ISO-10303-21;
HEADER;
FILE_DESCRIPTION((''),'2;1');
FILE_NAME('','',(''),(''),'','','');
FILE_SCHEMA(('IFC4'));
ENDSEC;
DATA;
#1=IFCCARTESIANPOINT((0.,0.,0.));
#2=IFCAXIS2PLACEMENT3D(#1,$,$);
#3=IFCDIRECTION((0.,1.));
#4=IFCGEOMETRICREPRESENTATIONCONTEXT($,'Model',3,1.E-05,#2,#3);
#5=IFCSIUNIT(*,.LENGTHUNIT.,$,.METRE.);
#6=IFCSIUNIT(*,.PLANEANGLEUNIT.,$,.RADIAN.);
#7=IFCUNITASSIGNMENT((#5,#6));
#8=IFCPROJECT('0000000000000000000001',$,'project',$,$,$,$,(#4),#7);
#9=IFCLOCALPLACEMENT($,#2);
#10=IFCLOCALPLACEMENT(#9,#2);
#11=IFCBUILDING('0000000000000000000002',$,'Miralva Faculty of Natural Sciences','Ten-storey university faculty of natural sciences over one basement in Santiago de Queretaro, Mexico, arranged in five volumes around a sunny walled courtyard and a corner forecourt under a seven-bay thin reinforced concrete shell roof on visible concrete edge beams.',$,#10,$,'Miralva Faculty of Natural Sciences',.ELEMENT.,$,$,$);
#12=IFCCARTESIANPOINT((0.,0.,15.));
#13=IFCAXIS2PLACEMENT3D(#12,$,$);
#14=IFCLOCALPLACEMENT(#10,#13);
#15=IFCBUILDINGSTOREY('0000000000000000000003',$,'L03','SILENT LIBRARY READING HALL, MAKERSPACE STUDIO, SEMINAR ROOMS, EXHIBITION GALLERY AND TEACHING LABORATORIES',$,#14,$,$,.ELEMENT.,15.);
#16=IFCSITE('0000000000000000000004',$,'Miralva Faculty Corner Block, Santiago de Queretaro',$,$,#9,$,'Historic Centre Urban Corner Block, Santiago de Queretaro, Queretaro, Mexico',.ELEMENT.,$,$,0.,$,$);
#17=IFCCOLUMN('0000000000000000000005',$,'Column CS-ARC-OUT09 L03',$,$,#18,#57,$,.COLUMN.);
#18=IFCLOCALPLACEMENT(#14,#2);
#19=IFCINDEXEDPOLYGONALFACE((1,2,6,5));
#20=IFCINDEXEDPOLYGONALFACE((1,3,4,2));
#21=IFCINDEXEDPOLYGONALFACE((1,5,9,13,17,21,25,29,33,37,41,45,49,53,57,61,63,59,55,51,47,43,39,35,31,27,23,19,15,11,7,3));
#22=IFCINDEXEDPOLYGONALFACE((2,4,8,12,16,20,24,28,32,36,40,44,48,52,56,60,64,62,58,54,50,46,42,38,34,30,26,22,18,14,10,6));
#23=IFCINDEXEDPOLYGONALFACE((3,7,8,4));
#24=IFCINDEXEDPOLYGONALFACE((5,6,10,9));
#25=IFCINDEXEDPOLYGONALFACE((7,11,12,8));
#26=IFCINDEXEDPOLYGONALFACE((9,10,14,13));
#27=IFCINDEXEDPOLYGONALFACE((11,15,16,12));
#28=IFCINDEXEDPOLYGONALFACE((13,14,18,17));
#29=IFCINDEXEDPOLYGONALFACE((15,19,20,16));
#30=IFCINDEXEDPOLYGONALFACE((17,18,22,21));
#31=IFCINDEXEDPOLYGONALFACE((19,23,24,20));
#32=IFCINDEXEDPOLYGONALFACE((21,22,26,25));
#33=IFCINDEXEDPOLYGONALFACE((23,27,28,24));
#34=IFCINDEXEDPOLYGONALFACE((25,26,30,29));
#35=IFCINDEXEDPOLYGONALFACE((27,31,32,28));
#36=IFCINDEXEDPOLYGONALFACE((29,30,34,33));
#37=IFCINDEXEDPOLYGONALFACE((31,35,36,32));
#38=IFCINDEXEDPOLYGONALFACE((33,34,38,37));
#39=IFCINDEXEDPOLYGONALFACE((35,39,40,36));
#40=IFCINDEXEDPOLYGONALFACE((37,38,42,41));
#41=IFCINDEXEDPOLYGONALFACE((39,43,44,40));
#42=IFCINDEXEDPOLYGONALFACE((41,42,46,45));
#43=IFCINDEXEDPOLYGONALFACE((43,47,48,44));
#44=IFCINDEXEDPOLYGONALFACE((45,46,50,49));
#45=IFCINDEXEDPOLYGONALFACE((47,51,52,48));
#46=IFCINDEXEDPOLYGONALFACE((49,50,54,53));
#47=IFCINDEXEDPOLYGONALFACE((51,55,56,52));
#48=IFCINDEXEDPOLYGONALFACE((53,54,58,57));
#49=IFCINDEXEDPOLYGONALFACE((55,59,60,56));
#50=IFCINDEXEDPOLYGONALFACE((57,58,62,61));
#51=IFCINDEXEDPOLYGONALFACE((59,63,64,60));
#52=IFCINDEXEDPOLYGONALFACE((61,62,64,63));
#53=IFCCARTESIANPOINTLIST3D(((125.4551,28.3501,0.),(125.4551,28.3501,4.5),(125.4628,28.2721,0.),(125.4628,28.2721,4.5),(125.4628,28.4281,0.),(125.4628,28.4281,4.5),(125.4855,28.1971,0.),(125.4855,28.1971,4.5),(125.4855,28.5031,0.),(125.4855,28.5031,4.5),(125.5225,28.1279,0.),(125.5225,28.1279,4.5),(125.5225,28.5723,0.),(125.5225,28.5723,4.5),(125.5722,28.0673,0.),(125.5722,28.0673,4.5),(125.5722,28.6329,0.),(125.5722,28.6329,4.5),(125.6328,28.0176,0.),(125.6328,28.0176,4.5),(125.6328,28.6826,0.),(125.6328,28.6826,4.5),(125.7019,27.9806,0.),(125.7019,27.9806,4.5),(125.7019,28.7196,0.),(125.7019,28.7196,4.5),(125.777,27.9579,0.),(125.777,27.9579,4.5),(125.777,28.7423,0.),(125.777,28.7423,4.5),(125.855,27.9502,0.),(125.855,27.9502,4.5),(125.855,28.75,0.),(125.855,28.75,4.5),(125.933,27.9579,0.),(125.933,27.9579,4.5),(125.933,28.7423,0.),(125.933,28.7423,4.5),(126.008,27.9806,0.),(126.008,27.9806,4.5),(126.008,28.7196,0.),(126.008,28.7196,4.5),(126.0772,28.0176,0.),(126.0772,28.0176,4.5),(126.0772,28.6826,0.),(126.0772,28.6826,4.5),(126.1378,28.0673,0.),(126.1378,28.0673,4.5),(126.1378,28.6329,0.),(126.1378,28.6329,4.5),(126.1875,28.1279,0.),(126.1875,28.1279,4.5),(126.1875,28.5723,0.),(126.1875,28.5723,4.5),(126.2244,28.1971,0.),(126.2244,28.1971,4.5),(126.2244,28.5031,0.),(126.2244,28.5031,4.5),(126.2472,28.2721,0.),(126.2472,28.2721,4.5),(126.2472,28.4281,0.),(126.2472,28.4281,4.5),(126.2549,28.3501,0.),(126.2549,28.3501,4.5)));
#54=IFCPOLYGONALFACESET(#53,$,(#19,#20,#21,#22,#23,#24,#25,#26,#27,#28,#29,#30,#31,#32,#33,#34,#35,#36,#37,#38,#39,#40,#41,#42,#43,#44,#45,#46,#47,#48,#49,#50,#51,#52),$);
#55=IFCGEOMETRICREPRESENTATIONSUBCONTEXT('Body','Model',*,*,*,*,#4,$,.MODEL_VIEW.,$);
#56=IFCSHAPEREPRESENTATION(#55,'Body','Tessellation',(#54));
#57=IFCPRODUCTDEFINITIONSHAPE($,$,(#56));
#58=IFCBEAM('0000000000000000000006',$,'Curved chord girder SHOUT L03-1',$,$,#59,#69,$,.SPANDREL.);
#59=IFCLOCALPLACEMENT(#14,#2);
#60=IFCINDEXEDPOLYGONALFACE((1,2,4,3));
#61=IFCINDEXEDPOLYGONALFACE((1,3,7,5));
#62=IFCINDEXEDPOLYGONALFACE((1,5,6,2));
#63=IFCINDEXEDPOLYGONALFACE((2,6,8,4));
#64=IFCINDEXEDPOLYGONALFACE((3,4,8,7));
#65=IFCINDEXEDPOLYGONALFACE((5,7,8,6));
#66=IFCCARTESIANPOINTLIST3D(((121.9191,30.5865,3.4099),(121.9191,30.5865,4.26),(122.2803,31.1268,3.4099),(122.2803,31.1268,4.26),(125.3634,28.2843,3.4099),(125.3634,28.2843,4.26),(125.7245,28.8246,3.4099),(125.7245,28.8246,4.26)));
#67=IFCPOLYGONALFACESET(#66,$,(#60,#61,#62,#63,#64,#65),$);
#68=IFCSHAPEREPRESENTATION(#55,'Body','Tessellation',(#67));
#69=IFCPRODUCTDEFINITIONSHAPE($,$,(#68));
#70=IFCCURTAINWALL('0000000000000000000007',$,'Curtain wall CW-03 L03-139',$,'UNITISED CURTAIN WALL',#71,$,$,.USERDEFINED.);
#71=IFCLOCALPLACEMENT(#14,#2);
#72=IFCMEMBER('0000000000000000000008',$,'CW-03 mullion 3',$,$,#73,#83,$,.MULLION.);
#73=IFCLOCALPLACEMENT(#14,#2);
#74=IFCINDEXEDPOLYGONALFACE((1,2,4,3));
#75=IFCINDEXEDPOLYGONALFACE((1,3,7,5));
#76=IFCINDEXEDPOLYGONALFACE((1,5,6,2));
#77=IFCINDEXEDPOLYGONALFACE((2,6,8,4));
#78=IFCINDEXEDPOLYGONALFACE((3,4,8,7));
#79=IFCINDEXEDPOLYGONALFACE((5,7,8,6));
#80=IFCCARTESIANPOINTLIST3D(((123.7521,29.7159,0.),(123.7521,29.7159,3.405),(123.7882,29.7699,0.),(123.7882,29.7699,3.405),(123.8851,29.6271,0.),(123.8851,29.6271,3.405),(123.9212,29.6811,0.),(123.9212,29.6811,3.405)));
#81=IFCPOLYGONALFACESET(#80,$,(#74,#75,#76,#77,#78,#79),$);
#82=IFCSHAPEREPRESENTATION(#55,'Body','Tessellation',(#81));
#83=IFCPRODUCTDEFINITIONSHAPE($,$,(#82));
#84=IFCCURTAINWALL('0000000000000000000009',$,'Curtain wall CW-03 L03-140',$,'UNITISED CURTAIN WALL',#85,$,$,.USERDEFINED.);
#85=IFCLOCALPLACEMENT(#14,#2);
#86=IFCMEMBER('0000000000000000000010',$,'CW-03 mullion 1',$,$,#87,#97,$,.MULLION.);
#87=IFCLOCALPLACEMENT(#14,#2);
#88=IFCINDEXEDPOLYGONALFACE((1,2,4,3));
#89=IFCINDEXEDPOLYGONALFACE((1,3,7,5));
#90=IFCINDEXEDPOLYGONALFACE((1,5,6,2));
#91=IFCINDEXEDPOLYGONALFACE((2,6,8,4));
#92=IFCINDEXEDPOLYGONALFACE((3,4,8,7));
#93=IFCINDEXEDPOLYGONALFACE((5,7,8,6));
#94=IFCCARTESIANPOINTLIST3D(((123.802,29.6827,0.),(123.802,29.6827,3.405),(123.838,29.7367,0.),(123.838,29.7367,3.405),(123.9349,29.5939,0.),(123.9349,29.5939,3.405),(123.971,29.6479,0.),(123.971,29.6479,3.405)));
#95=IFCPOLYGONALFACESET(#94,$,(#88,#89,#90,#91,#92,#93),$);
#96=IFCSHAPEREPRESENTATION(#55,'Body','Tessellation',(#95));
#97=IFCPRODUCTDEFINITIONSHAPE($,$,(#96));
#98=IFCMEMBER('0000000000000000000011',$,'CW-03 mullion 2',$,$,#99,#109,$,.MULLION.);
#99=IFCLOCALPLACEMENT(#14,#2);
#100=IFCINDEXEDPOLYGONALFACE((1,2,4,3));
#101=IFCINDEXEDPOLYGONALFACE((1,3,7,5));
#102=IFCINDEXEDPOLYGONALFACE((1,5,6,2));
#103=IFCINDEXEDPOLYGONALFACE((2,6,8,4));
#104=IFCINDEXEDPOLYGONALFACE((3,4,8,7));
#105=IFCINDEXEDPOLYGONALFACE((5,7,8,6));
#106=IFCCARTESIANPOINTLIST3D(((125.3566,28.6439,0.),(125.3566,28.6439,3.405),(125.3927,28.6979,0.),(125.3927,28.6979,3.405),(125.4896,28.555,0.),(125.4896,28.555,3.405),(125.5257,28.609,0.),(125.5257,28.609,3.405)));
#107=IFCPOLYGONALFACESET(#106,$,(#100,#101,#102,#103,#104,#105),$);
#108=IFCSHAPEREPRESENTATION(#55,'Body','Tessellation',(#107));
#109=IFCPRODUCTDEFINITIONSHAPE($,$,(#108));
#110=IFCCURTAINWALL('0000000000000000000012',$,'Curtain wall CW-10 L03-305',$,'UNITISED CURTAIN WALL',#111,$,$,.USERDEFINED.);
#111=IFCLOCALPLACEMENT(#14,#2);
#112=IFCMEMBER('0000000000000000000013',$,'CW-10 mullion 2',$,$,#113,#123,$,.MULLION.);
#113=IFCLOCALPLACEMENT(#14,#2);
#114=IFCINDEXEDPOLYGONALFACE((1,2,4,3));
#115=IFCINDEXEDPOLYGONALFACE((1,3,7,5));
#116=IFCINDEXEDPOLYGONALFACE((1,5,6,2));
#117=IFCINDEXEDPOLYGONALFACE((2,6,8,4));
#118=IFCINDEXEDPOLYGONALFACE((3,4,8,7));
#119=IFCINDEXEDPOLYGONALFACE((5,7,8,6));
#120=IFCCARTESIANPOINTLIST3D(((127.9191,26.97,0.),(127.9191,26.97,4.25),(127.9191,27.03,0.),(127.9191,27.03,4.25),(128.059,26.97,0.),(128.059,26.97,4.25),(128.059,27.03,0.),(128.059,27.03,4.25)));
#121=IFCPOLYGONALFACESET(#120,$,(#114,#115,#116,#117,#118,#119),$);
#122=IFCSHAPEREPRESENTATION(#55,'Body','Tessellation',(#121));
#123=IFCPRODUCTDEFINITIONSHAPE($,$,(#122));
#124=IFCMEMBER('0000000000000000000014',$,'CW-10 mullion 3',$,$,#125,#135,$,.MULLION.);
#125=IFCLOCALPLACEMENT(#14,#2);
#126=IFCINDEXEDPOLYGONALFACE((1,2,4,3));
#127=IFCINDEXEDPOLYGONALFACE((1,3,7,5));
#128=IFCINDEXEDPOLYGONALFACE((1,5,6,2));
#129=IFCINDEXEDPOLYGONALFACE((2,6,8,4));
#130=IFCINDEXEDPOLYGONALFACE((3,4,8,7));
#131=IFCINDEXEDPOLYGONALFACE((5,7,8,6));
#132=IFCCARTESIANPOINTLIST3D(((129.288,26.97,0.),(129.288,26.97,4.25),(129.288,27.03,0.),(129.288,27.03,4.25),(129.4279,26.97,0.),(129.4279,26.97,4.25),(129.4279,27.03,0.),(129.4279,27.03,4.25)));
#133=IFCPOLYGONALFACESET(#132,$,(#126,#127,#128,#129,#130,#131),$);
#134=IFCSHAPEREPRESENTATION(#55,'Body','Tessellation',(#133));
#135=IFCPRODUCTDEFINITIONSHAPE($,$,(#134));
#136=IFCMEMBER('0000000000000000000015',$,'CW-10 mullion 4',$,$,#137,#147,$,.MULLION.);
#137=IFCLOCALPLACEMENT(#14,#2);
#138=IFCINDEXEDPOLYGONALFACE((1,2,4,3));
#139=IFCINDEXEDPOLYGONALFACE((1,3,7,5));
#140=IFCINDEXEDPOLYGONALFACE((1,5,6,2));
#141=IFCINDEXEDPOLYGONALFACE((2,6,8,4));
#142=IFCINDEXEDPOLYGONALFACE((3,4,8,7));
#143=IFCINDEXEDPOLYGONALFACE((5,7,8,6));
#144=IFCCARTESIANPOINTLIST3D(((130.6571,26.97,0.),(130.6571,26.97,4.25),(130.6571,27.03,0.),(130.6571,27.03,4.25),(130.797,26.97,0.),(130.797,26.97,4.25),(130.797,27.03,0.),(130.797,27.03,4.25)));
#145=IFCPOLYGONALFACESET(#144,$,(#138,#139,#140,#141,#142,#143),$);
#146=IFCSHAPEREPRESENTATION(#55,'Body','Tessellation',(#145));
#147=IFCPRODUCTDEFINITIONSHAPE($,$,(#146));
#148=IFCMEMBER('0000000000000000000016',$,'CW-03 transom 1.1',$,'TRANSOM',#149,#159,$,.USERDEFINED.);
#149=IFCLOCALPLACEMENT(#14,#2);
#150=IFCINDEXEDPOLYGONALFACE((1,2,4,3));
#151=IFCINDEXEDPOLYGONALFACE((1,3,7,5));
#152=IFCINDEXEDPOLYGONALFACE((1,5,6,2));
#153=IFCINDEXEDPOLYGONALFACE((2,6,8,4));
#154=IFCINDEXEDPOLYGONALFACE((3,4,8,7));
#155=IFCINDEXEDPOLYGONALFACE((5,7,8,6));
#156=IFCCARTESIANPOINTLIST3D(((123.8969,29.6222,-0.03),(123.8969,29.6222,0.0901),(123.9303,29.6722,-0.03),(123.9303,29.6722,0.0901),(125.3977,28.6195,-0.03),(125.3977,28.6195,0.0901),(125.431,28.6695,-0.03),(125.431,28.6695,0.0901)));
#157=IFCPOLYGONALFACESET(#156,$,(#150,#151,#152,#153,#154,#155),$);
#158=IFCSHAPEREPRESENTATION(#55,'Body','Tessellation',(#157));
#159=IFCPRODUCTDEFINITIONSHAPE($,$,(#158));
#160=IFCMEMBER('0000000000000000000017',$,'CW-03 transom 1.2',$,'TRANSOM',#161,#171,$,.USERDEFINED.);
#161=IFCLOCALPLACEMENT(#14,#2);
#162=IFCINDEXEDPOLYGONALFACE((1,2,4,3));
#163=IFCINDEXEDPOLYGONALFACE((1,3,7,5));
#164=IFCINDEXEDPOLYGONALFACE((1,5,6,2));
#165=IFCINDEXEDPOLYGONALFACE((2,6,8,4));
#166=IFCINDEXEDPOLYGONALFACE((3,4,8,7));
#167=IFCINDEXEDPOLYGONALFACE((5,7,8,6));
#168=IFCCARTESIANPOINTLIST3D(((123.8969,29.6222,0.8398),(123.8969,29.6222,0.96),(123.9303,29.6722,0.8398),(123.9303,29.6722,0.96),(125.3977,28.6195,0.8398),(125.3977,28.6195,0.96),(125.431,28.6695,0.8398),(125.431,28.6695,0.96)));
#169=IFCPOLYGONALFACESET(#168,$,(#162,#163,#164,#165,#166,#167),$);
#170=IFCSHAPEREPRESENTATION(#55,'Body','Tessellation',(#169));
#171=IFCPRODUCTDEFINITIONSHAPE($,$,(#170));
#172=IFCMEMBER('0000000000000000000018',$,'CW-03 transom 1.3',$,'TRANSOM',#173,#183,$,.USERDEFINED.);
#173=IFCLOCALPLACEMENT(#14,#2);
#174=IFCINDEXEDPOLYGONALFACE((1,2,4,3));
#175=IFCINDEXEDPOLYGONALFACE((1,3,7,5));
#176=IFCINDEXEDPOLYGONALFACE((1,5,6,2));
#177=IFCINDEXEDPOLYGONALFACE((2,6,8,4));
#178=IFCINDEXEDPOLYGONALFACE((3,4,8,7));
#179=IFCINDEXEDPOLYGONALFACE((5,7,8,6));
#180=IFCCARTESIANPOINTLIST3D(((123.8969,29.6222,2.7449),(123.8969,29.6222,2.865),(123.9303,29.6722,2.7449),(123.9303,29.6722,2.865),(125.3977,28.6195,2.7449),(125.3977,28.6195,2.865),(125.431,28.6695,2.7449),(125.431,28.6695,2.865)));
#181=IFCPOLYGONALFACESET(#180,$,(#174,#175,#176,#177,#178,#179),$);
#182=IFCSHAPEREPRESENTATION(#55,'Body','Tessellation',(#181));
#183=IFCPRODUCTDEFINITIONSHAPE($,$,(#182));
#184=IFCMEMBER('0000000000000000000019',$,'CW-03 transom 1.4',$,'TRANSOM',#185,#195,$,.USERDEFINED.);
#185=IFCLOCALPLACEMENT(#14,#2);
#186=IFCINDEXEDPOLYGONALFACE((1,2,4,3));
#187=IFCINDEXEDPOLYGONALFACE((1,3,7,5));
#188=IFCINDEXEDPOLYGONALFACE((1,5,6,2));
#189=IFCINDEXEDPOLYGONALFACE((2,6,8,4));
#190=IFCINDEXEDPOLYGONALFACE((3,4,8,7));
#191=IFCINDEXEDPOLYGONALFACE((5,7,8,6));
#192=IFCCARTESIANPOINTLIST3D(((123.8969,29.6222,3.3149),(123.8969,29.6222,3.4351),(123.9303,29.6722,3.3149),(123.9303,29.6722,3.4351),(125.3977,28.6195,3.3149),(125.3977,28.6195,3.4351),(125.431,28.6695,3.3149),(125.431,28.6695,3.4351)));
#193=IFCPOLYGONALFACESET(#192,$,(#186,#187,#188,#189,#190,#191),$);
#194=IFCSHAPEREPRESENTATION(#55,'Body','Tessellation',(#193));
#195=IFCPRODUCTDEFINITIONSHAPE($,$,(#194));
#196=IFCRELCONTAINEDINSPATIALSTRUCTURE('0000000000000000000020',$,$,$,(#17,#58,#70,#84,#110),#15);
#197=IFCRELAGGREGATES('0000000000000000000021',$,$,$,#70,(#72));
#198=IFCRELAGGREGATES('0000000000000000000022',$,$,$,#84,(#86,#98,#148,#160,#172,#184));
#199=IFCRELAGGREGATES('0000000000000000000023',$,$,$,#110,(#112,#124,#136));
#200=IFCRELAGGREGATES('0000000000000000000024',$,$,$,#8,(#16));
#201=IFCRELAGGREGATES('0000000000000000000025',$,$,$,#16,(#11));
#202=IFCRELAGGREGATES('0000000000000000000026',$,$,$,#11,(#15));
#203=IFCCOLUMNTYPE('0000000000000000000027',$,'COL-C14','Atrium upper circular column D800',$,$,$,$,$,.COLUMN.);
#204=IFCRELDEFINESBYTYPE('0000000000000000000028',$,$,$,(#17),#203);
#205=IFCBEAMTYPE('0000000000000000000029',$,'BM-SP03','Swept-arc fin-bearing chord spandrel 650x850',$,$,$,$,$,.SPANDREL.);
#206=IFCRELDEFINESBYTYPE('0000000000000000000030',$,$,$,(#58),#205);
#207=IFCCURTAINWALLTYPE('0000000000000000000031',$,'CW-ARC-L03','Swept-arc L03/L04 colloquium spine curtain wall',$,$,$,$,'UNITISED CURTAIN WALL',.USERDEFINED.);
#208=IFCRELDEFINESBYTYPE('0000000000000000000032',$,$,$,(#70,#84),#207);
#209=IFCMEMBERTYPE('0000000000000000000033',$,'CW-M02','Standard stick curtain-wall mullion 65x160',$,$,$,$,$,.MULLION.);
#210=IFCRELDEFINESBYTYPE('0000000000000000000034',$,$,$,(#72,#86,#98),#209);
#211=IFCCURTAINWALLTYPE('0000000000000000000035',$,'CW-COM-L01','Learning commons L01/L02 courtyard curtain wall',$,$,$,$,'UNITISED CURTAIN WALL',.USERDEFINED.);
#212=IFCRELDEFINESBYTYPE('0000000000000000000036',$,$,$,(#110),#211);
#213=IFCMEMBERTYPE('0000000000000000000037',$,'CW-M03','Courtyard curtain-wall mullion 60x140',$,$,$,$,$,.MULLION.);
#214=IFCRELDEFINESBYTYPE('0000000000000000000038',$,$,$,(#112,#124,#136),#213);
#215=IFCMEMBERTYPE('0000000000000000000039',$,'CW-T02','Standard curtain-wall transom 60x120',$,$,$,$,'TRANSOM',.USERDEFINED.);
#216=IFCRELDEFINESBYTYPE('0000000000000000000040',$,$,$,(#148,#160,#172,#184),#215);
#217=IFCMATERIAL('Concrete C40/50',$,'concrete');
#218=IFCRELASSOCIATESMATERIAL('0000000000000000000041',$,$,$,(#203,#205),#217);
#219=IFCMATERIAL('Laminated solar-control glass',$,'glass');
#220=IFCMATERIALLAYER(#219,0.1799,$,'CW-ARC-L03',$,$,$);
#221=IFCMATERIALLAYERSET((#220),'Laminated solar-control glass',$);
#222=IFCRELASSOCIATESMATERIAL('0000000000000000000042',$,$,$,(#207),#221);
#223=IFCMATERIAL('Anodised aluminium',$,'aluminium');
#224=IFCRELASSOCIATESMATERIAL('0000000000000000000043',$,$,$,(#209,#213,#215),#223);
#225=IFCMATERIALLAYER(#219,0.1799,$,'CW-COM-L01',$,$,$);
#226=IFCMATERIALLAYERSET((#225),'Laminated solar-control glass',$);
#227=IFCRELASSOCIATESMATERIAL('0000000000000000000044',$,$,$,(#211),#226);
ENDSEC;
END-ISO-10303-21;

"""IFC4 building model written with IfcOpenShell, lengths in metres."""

from ifc_helpers import new_model, si_unit, direction, frame, origin, origin_2d, place, context, subcontext, project, spatial, rectangle, circle, extrude, material, layer, layer_set, material_profile, profile_set, type_object, element, aggregate, save


model = new_model("IFC4")

# Units and contexts
model_context = context("Model", 3, precision=1e-05, world=origin(), true_north=direction((0.0, 1.0)))
body_context = subcontext(model_context, "Body", "Model", "MODEL_VIEW")
ifc_project = project(units=[si_unit("LENGTHUNIT", "METRE"), si_unit("PLANEANGLEUNIT", "RADIAN")], contexts=[model_context])

# Site, building, storey
site_placement = place(None, origin())
site = spatial("IfcSite", under=ifc_project, at=site_placement, Name="Miralva Faculty Corner Block, Santiago de Queretaro", LongName="Historic Centre Urban Corner Block, Santiago de Queretaro, Queretaro, Mexico", CompositionType="ELEMENT", RefElevation=0.0)
building_placement = place(site_placement, origin())
building = spatial("IfcBuilding", under=site, at=building_placement, Name="Miralva Faculty of Natural Sciences", Description="Ten-storey university faculty of natural sciences over one basement in Santiago de Queretaro, Mexico, arranged in five volumes around a sunny walled courtyard and a corner forecourt under a seven-bay thin reinforced concrete shell roof on visible concrete edge beams.", LongName="Miralva Faculty of Natural Sciences", CompositionType="ELEMENT")
storey_placement = place(building_placement, frame((0.0, 0.0, 15.0)))
storey = spatial("IfcBuildingStorey", under=building, at=storey_placement, Name="L03", Description="SILENT LIBRARY READING HALL, MAKERSPACE STUDIO, SEMINAR ROOMS, EXHIBITION GALLERY AND TEACHING LABORATORIES", CompositionType="ELEMENT", Elevation=15.0)

# Column
ifc_material_1 = material(Name="Concrete C40/50", Category="concrete")
ifc_material_profile_1 = material_profile(ifc_material_1, circle(Radius=0.3999, at=origin_2d()), Name="RC DIA 800")
ifc_profile_set_1 = profile_set([ifc_material_profile_1], Name="Concrete C40/50")
column_type = type_object("IfcColumnType", Name="COL-C14", Description="Atrium upper circular column D800", PredefinedType="COLUMN", material=ifc_profile_set_1)
column_placement = place(storey_placement, frame((125.855, 28.3501, 0.0), z_axis=(0.0, 0.0, 1.0), x_axis=(1.0, 0.0, 0.0)))
element("IfcColumn", 1, at=column_placement, inside=storey, type_object=column_type, Name="Column CS-ARC-OUT09 L03", PredefinedType="COLUMN", context=body_context, shape_type="SweptSolid", body=[
    extrude(circle(Radius=0.3999, at=origin_2d()), origin(), (0.0, 0.0, 1.0), 4.5),
])

# Beam
ifc_material_profile_2 = material_profile(ifc_material_1, rectangle(XDim=0.6499, YDim=0.8501, at=origin_2d()), Name="RC 650x850")
ifc_profile_set_2 = profile_set([ifc_material_profile_2], Name="Concrete C40/50")
beam_type = type_object("IfcBeamType", Name="BM-SP03", Description="Swept-arc fin-bearing chord spandrel 650x850", PredefinedType="SPANDREL", material=ifc_profile_set_2)
beam_placement = place(storey_placement, frame((125.5439, 28.5544, 3.835), z_axis=(-0.831379, 0.555706, 0.0), x_axis=(-0.555706, -0.831379, 0.0)))
element("IfcBeam", 2, at=beam_placement, inside=storey, type_object=beam_type, Name="Curved chord girder SHOUT L03-1", PredefinedType="SPANDREL", context=body_context, shape_type="SweptSolid", body=[
    extrude(rectangle(XDim=0.6499, YDim=0.8501, at=origin_2d()), origin(), (0.0, 0.0, 1.0), 4.1428),
])

# Curtain wall, member
ifc_material_2 = material(Name="Laminated solar-control glass", Category="glass")
ifc_layer_1 = layer(ifc_material_2, 0.1799, Name="CW-ARC-L03")
ifc_layer_set_1 = layer_set([ifc_layer_1], Name="Laminated solar-control glass")
curtain_wall_type_1 = type_object("IfcCurtainWallType", Name="CW-ARC-L03", Description="Swept-arc L03/L04 colloquium spine curtain wall", ElementType="UNITISED CURTAIN WALL", PredefinedType="USERDEFINED", material=ifc_layer_set_1)
curtain_wall_1_placement = place(storey_placement, origin())
curtain_wall_1 = element("IfcCurtainWall", 3, at=curtain_wall_1_placement, inside=storey, type_object=curtain_wall_type_1, Name="Curtain wall CW-03 L03-139", ObjectType="UNITISED CURTAIN WALL", PredefinedType="USERDEFINED")
ifc_material_3 = material(Name="Anodised aluminium", Category="aluminium")
ifc_material_profile_3 = material_profile(ifc_material_3, rectangle(XDim=0.0649, YDim=0.1599, at=origin_2d()), Name="MULLION 65x160")
ifc_profile_set_3 = profile_set([ifc_material_profile_3], Name="Anodised aluminium")
member_type_1 = type_object("IfcMemberType", Name="CW-M02", Description="Standard stick curtain-wall mullion 65x160", PredefinedType="MULLION", material=ifc_profile_set_3)
member_1_placement = place(storey_placement, frame((123.8367, 29.6985, 0.0), z_axis=(0.0, 0.0, 1.0), x_axis=(0.555589, 0.831457, 0.0)))
member_1 = element("IfcMember", 4, at=member_1_placement, type_object=member_type_1, Name="CW-03 mullion 3", PredefinedType="MULLION", context=body_context, shape_type="SweptSolid", body=[
    extrude(rectangle(XDim=0.0649, YDim=0.1599, at=origin_2d()), origin(), (0.0, 0.0, 1.0), 3.405),
])

# Curtain walls, members
curtain_wall_2_placement = place(storey_placement, origin())
curtain_wall_2 = element("IfcCurtainWall", 5, at=curtain_wall_2_placement, inside=storey, type_object=curtain_wall_type_1, Name="Curtain wall CW-03 L03-140", ObjectType="UNITISED CURTAIN WALL", PredefinedType="USERDEFINED")
member_2_placement = place(storey_placement, frame((123.8865, 29.6653, 0.0), z_axis=(0.0, 0.0, 1.0), x_axis=(0.555547, 0.831485, 0.0)))
member_2 = element("IfcMember", 6, at=member_2_placement, type_object=member_type_1, Name="CW-03 mullion 1", PredefinedType="MULLION", context=body_context, shape_type="SweptSolid", body=[
    extrude(rectangle(XDim=0.0649, YDim=0.1599, at=origin_2d()), origin(), (0.0, 0.0, 1.0), 3.405),
])
member_3_placement = place(storey_placement, frame((125.4412, 28.6265, 0.0), z_axis=(0.0, 0.0, 1.0), x_axis=(0.555547, 0.831485, 0.0)))
member_3 = element("IfcMember", 7, at=member_3_placement, type_object=member_type_1, Name="CW-03 mullion 2", PredefinedType="MULLION", context=body_context, shape_type="SweptSolid", body=[
    extrude(rectangle(XDim=0.0649, YDim=0.1599, at=origin_2d()), origin(), (0.0, 0.0, 1.0), 3.405),
])
ifc_layer_2 = layer(ifc_material_2, 0.1799, Name="CW-COM-L01")
ifc_layer_set_2 = layer_set([ifc_layer_2], Name="Laminated solar-control glass")
curtain_wall_type_2 = type_object("IfcCurtainWallType", Name="CW-COM-L01", Description="Learning commons L01/L02 courtyard curtain wall", ElementType="UNITISED CURTAIN WALL", PredefinedType="USERDEFINED", material=ifc_layer_set_2)
curtain_wall_3_placement = place(storey_placement, origin())
curtain_wall_3 = element("IfcCurtainWall", 8, at=curtain_wall_3_placement, inside=storey, type_object=curtain_wall_type_2, Name="Curtain wall CW-10 L03-305", ObjectType="UNITISED CURTAIN WALL", PredefinedType="USERDEFINED")
ifc_material_profile_4 = material_profile(ifc_material_3, rectangle(XDim=0.0601, YDim=0.1399, at=origin_2d()), Name="MULLION 60x140")
ifc_profile_set_4 = profile_set([ifc_material_profile_4], Name="Anodised aluminium")
member_type_2 = type_object("IfcMemberType", Name="CW-M03", Description="Courtyard curtain-wall mullion 60x140", PredefinedType="MULLION", material=ifc_profile_set_4)
member_4_placement = place(storey_placement, frame((127.989, 27.0, 0.0), z_axis=(0.0, 0.0, 1.0), x_axis=(0.0, 1.0, 0.0)))
member_4 = element("IfcMember", 9, at=member_4_placement, type_object=member_type_2, Name="CW-10 mullion 2", PredefinedType="MULLION", context=body_context, shape_type="SweptSolid", body=[
    extrude(rectangle(XDim=0.0601, YDim=0.1399, at=origin_2d()), origin(), (0.0, 0.0, 1.0), 4.25),
])
member_5_placement = place(storey_placement, frame((129.3579, 27.0, 0.0), z_axis=(0.0, 0.0, 1.0), x_axis=(0.0, 1.0, 0.0)))
member_5 = element("IfcMember", 10, at=member_5_placement, type_object=member_type_2, Name="CW-10 mullion 3", PredefinedType="MULLION", context=body_context, shape_type="SweptSolid", body=[
    extrude(rectangle(XDim=0.0601, YDim=0.1399, at=origin_2d()), origin(), (0.0, 0.0, 1.0), 4.25),
])
member_6_placement = place(storey_placement, frame((130.7271, 27.0, 0.0), z_axis=(0.0, 0.0, 1.0), x_axis=(0.0, 1.0, 0.0)))
member_6 = element("IfcMember", 11, at=member_6_placement, type_object=member_type_2, Name="CW-10 mullion 4", PredefinedType="MULLION", context=body_context, shape_type="SweptSolid", body=[
    extrude(rectangle(XDim=0.0601, YDim=0.1399, at=origin_2d()), origin(), (0.0, 0.0, 1.0), 4.25),
])

# Members
ifc_material_profile_5 = material_profile(ifc_material_3, rectangle(XDim=0.0601, YDim=0.1201, at=origin_2d()), Name="TRANSOM 60x120")
ifc_profile_set_5 = profile_set([ifc_material_profile_5], Name="Anodised aluminium")
member_type_3 = type_object("IfcMemberType", Name="CW-T02", Description="Standard curtain-wall transom 60x120", ElementType="TRANSOM", PredefinedType="USERDEFINED", material=ifc_profile_set_5)
member_7_placement = place(storey_placement, frame((123.9136, 29.6472, 0.03), z_axis=(0.831488, -0.555543, 0.0), x_axis=(0.555543, 0.831488, 0.0)))
member_7 = element("IfcMember", 12, at=member_7_placement, type_object=member_type_3, Name="CW-03 transom 1.1", ObjectType="TRANSOM", PredefinedType="USERDEFINED", context=body_context, shape_type="SweptSolid", body=[
    extrude(rectangle(XDim=0.0601, YDim=0.1201, at=origin_2d()), origin(), (0.0, 0.0, 1.0), 1.8049),
])
member_8_placement = place(storey_placement, frame((123.9136, 29.6472, 0.8999), z_axis=(0.831488, -0.555543, 0.0), x_axis=(0.555543, 0.831488, 0.0)))
member_8 = element("IfcMember", 13, at=member_8_placement, type_object=member_type_3, Name="CW-03 transom 1.2", ObjectType="TRANSOM", PredefinedType="USERDEFINED", context=body_context, shape_type="SweptSolid", body=[
    extrude(rectangle(XDim=0.0601, YDim=0.1201, at=origin_2d()), origin(), (0.0, 0.0, 1.0), 1.8049),
])
member_9_placement = place(storey_placement, frame((123.9136, 29.6472, 2.8049), z_axis=(0.831488, -0.555543, 0.0), x_axis=(0.555543, 0.831488, 0.0)))
member_9 = element("IfcMember", 14, at=member_9_placement, type_object=member_type_3, Name="CW-03 transom 1.3", ObjectType="TRANSOM", PredefinedType="USERDEFINED", context=body_context, shape_type="SweptSolid", body=[
    extrude(rectangle(XDim=0.0601, YDim=0.1201, at=origin_2d()), origin(), (0.0, 0.0, 1.0), 1.8049),
])
member_10_placement = place(storey_placement, frame((123.9136, 29.6472, 3.375), z_axis=(0.831488, -0.555543, 0.0), x_axis=(0.555543, 0.831488, 0.0)))
member_10 = element("IfcMember", 15, at=member_10_placement, type_object=member_type_3, Name="CW-03 transom 1.4", ObjectType="TRANSOM", PredefinedType="USERDEFINED", context=body_context, shape_type="SweptSolid", body=[
    extrude(rectangle(XDim=0.0601, YDim=0.1201, at=origin_2d()), origin(), (0.0, 0.0, 1.0), 1.8049),
])

aggregate(curtain_wall_1, [member_1])
aggregate(curtain_wall_2, [member_2, member_3, member_7, member_8, member_9, member_10])
aggregate(curtain_wall_3, [member_4, member_5, member_6])

save(model, "model.ifc")
